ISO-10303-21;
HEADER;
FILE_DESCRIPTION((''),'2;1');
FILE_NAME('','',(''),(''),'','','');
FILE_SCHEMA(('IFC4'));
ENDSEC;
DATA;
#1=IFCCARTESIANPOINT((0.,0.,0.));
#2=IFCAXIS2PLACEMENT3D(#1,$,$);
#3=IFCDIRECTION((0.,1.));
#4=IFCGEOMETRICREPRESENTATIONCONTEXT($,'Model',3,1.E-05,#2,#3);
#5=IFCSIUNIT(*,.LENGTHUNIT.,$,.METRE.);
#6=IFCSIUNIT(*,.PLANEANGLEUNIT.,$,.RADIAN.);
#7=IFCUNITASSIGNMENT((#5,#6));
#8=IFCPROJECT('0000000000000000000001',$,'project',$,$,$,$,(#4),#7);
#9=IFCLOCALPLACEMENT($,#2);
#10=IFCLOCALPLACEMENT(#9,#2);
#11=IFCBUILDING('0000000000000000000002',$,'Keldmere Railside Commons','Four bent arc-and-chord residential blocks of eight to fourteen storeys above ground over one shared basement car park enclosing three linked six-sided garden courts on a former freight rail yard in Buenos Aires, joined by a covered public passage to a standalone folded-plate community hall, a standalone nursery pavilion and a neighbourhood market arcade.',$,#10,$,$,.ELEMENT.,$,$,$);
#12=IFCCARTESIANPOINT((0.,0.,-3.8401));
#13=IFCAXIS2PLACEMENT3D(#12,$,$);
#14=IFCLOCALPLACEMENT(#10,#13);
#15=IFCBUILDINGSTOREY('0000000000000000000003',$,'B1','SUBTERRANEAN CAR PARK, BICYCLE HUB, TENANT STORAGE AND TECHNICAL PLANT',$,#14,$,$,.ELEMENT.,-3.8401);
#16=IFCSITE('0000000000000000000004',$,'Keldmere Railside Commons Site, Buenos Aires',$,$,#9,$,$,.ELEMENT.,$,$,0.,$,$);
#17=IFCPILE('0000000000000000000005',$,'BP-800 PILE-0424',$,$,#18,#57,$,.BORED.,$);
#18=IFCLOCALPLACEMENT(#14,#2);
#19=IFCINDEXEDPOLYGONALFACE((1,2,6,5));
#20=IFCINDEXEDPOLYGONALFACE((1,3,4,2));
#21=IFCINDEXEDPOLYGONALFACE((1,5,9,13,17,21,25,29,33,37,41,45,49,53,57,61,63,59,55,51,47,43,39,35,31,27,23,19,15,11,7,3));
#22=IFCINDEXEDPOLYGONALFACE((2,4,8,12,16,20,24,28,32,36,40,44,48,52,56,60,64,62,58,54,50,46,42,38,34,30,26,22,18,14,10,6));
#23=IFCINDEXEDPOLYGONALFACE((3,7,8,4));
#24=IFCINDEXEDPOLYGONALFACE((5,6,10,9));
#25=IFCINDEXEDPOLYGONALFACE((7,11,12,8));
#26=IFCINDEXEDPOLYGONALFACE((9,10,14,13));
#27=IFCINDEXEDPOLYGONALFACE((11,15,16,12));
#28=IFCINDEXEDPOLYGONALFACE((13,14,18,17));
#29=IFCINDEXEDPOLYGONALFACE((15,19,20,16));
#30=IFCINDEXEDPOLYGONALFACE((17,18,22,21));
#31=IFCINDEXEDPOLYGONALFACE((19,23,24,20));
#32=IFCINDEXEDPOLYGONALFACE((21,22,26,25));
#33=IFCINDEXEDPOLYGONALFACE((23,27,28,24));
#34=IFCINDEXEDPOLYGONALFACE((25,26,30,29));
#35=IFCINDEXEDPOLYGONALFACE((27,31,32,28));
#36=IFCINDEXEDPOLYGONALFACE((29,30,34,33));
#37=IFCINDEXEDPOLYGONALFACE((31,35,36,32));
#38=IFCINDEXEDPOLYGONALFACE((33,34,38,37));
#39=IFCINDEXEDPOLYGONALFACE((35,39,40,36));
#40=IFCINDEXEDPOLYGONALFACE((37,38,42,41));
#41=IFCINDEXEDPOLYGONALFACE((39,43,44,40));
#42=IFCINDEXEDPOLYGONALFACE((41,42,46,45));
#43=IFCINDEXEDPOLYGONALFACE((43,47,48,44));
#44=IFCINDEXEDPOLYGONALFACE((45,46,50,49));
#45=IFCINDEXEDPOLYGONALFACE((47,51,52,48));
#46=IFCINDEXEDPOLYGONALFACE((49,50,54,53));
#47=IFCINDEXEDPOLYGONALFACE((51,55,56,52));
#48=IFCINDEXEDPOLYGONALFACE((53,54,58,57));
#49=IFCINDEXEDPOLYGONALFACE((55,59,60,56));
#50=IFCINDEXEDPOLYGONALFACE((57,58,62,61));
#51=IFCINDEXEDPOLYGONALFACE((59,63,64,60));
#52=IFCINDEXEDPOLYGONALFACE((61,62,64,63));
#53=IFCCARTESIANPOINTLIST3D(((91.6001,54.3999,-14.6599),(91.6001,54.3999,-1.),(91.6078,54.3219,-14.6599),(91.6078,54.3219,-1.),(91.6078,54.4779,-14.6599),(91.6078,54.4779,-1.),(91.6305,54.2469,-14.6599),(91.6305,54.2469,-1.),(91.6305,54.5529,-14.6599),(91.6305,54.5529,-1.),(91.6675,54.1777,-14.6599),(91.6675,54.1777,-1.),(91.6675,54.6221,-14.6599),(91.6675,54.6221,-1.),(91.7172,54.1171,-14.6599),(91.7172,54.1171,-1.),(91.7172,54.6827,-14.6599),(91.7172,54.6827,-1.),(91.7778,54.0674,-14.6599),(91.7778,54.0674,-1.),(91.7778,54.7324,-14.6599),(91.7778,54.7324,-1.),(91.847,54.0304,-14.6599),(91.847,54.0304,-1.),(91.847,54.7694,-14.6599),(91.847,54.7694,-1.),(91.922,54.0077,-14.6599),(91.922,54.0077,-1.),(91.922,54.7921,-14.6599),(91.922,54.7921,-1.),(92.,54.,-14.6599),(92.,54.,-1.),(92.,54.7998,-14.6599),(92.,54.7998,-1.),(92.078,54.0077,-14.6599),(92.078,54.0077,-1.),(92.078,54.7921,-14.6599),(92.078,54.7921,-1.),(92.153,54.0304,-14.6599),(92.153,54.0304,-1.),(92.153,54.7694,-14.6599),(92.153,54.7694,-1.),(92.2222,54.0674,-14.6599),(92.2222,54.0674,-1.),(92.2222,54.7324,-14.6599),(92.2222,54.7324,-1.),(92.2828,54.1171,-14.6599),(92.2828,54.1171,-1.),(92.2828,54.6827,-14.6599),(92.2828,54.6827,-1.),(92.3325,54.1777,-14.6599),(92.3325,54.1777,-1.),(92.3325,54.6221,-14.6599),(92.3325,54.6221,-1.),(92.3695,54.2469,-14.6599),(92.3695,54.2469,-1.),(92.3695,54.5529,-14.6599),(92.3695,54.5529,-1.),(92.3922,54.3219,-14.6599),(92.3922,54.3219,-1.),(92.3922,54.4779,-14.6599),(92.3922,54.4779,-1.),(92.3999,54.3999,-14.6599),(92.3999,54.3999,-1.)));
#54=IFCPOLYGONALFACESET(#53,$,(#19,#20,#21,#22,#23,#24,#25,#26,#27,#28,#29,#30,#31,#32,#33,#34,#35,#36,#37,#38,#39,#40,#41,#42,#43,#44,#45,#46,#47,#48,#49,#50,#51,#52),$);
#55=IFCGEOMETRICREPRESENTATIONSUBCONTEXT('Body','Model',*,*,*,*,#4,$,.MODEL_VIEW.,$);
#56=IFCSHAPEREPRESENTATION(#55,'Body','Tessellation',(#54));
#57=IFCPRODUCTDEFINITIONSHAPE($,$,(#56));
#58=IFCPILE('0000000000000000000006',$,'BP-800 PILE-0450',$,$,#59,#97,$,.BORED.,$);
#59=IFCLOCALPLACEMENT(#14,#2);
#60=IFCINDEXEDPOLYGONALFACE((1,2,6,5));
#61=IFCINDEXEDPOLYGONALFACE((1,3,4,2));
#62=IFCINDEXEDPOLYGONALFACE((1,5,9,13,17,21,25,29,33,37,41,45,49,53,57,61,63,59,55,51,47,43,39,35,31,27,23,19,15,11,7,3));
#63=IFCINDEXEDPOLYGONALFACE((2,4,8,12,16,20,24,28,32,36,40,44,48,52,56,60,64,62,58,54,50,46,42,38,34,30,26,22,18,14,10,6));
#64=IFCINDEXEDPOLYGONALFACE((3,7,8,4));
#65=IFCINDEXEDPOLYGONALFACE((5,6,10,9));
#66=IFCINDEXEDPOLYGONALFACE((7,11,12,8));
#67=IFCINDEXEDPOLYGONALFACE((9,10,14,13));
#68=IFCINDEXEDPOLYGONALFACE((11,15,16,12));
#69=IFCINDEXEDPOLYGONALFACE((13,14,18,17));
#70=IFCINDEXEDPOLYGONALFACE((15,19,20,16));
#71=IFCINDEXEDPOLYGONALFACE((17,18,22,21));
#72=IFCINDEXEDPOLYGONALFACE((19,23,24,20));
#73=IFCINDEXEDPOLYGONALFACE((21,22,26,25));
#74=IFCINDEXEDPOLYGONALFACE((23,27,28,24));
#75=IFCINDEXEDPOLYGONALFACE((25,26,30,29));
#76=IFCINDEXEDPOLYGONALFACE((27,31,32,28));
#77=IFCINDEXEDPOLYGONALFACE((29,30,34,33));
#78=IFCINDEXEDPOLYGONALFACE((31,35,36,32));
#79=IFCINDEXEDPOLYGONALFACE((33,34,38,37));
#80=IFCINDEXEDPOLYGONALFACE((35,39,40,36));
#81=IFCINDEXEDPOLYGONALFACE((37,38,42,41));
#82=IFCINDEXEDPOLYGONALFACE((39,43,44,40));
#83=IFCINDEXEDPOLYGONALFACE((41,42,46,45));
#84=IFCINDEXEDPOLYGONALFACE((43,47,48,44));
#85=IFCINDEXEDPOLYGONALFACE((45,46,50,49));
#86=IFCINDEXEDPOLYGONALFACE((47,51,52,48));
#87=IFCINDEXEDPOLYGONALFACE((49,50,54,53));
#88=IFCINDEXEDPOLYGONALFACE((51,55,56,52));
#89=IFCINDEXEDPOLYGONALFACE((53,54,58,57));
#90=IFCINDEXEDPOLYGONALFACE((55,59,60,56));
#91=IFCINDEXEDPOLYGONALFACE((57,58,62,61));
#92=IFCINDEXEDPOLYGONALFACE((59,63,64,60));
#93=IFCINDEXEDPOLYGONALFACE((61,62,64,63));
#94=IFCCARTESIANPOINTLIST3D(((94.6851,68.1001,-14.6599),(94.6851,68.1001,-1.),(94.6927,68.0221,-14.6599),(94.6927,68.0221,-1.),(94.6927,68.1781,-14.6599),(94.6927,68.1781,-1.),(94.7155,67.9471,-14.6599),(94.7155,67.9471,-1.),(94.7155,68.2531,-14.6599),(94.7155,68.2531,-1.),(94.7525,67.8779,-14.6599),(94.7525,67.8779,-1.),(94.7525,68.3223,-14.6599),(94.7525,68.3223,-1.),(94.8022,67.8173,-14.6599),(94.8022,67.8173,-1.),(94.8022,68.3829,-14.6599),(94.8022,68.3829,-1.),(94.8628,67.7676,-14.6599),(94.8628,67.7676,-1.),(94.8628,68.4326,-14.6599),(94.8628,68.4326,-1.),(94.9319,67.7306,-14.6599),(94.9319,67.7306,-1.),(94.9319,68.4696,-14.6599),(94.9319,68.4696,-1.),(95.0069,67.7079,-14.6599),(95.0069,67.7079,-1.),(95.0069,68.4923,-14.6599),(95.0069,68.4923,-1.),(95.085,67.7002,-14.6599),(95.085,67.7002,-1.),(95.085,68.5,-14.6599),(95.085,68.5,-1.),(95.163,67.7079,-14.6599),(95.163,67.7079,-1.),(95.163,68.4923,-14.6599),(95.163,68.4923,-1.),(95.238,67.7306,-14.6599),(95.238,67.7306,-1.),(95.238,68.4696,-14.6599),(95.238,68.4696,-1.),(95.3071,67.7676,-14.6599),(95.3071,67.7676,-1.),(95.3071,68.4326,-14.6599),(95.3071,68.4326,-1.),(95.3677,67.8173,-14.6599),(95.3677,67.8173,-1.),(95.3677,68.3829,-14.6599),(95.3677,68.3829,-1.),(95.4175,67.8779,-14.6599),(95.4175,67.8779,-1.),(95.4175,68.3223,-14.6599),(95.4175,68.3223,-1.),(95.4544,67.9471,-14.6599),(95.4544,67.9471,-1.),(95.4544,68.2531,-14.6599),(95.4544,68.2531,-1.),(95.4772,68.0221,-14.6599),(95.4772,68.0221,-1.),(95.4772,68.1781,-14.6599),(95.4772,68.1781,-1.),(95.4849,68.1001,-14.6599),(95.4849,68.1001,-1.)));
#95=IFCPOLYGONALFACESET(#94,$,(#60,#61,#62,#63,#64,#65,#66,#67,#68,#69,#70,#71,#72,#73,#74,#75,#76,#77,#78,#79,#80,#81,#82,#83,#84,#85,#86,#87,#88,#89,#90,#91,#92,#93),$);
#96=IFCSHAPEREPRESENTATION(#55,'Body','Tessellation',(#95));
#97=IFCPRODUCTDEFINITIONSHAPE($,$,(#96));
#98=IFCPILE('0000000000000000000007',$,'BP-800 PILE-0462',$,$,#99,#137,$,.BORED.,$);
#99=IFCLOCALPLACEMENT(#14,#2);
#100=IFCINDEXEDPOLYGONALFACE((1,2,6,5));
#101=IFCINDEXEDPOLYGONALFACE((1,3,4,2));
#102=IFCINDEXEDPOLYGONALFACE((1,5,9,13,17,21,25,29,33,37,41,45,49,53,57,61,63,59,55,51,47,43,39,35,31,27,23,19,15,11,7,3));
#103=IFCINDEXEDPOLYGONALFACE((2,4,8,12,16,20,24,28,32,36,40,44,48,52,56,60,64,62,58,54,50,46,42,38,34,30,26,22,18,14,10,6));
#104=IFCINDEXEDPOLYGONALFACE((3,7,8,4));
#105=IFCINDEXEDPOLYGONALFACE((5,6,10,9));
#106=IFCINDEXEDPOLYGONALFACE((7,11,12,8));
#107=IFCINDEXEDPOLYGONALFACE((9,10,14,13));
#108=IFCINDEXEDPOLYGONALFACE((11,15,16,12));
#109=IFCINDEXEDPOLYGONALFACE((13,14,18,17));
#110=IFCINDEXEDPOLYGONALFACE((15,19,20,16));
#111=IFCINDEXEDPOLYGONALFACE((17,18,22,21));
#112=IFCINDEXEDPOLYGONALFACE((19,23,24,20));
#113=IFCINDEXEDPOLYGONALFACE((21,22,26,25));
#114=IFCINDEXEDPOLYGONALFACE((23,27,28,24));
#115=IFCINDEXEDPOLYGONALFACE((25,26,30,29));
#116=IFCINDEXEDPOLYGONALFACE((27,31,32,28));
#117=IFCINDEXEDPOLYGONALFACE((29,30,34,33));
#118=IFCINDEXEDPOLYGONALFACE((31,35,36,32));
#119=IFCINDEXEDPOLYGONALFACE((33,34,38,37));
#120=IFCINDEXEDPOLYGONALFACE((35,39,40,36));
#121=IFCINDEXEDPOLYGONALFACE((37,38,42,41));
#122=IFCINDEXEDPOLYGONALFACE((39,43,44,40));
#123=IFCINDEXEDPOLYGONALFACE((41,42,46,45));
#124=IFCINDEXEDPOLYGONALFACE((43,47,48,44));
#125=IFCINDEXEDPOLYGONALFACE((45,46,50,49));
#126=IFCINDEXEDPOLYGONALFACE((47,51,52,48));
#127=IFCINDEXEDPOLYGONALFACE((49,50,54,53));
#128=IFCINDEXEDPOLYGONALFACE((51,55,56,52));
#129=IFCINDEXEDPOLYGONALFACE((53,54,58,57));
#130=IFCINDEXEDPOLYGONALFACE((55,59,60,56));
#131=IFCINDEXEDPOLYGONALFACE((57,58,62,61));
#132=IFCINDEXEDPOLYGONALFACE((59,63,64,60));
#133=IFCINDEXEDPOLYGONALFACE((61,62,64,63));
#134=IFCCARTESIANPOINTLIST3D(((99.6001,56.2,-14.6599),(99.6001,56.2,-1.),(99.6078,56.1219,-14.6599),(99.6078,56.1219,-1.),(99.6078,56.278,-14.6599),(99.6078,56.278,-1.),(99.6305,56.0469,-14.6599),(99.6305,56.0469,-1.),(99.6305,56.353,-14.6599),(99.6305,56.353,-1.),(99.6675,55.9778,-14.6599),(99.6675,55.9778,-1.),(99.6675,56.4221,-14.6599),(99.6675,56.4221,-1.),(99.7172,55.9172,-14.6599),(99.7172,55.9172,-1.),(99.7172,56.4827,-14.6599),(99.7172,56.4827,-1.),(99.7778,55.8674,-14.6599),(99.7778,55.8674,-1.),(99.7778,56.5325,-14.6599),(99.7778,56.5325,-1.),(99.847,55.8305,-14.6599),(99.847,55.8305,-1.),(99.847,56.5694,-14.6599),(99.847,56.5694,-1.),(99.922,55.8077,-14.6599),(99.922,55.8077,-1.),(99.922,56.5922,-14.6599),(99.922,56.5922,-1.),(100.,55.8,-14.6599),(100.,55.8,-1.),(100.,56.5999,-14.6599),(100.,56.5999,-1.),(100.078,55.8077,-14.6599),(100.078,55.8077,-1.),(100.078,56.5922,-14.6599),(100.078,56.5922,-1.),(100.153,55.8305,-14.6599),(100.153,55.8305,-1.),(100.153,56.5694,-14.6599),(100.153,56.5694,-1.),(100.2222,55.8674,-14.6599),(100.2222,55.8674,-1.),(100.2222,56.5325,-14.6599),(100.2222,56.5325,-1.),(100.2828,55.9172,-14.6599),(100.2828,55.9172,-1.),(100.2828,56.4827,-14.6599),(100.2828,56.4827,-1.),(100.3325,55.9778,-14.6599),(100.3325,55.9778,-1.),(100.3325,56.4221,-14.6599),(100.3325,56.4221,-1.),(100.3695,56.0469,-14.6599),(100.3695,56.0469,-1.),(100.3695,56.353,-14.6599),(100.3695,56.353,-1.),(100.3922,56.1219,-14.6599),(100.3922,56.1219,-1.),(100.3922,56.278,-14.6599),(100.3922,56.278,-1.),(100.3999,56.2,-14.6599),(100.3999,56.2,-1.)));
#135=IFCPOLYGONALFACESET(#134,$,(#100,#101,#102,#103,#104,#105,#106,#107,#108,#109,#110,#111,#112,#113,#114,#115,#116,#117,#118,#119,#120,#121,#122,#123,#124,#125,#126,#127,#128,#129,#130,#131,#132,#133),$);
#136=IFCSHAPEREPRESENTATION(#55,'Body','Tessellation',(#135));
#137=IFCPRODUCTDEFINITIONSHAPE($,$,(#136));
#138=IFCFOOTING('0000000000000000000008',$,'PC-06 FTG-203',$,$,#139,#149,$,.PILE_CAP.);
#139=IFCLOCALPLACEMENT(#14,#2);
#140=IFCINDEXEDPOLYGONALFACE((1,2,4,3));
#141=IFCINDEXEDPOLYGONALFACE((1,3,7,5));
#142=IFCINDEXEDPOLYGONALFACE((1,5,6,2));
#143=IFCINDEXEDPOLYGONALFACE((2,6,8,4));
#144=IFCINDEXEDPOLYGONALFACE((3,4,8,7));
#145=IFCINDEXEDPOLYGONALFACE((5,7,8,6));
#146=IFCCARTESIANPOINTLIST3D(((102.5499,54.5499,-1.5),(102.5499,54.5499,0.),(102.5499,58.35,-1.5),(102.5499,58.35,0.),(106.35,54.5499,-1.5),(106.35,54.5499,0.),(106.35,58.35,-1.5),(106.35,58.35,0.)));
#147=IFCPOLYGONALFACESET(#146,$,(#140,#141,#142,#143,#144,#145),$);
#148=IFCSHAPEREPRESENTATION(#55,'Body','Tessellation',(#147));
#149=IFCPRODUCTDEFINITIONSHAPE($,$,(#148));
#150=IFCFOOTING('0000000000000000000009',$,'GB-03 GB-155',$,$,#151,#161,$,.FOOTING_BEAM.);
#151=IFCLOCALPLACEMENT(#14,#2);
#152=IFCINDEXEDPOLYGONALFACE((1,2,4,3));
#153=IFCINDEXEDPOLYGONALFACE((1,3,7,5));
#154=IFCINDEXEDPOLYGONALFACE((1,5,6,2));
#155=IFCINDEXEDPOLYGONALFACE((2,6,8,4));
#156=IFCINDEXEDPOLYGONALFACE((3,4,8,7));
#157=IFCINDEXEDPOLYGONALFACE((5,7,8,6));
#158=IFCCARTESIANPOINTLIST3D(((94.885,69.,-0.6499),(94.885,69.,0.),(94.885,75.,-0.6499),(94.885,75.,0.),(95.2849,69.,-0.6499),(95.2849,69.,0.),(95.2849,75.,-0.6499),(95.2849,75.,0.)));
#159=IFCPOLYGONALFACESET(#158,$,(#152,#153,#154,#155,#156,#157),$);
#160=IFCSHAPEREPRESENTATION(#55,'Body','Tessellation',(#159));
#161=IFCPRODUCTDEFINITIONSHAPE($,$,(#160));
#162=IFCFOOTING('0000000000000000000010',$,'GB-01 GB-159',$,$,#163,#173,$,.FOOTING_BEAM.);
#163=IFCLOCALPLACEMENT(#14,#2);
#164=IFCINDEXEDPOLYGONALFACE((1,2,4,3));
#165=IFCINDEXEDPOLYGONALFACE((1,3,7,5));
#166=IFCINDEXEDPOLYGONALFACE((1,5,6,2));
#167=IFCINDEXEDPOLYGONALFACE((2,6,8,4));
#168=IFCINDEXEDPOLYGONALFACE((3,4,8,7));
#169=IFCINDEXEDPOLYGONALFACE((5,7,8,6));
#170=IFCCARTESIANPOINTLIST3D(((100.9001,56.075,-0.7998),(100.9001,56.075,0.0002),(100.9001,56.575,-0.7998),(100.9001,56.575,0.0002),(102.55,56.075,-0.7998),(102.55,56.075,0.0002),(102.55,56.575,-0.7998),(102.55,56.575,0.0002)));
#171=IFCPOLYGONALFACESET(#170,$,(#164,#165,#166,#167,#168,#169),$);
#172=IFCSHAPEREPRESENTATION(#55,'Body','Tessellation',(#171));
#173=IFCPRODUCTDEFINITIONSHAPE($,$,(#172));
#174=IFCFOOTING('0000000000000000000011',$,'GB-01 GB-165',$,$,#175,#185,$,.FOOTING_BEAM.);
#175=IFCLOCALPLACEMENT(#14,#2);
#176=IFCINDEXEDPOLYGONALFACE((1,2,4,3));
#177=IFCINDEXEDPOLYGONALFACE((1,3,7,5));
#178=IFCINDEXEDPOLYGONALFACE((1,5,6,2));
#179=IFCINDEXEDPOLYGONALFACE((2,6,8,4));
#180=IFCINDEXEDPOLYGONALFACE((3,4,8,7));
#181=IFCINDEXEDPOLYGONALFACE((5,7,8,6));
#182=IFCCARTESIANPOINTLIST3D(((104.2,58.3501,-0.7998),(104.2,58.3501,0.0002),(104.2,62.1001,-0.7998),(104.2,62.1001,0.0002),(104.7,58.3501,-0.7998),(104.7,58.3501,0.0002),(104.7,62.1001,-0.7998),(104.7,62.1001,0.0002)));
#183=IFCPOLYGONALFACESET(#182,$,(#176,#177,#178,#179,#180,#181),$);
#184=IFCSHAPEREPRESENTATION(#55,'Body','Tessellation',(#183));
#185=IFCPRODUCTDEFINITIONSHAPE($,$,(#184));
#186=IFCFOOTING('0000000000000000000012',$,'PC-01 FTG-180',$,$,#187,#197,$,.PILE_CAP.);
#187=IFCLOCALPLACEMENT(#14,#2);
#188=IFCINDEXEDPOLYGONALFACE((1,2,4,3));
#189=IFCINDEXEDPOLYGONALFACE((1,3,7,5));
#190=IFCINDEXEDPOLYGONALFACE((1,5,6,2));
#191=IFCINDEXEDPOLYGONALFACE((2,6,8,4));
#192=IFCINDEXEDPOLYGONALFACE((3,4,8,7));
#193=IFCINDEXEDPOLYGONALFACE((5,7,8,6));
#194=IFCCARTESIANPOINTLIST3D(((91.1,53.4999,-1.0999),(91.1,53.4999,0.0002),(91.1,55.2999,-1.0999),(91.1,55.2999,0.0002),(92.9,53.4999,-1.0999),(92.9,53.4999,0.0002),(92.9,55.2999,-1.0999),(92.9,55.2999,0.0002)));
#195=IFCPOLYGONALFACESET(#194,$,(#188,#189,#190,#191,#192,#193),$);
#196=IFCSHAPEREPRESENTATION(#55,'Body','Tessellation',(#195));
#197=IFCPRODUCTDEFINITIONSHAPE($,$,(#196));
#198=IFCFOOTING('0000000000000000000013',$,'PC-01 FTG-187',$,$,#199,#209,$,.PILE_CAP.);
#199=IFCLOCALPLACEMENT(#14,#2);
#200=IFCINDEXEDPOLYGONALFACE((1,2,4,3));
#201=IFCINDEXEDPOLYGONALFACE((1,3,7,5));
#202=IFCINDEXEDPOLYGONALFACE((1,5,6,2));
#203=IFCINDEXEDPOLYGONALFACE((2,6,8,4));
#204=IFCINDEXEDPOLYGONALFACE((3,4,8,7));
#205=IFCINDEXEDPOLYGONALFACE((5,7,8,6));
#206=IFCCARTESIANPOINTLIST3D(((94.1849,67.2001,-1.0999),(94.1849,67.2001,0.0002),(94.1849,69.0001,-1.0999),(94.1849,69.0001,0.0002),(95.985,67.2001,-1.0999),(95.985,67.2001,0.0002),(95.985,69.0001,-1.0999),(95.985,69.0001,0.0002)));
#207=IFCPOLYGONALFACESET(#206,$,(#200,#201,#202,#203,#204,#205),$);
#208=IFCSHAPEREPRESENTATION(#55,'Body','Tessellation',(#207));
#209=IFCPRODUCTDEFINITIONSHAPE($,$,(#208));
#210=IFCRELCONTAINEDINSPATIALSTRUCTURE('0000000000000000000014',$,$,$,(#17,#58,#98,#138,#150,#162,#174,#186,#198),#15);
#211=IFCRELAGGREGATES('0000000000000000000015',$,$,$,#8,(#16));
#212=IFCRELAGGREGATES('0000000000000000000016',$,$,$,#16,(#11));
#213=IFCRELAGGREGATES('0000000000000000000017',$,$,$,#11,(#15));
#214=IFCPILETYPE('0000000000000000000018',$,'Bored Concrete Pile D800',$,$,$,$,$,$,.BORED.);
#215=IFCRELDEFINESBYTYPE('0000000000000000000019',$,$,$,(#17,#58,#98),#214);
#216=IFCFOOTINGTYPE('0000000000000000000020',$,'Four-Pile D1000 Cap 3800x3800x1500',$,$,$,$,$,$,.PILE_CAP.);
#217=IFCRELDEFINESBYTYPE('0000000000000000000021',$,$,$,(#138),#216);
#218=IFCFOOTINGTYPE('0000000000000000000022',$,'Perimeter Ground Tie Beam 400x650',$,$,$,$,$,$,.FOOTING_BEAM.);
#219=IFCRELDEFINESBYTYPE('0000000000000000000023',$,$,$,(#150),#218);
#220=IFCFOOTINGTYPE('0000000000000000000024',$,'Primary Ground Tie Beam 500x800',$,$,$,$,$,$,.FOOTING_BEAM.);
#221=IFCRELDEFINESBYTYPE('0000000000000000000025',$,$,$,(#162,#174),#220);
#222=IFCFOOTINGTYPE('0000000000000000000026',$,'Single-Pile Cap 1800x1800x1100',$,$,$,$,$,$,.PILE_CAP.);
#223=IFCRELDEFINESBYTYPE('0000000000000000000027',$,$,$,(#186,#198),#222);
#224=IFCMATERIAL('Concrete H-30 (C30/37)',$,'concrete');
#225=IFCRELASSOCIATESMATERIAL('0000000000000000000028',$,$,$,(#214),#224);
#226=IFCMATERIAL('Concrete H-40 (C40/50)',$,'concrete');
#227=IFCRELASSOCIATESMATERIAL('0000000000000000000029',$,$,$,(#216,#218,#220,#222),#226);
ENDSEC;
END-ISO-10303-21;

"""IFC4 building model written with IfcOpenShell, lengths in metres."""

from ifc_helpers import new_model, si_unit, direction, frame, origin, origin_2d, place, context, subcontext, project, spatial, rectangle, circle, extrude, material, material_profile, profile_set, type_object, element, save


model = new_model("IFC4")

# Units and contexts
model_context = context("Model", 3, precision=1e-05, world=origin(), true_north=direction((0.0, 1.0)))
body_context = subcontext(model_context, "Body", "Model", "MODEL_VIEW")
ifc_project = project(units=[si_unit("LENGTHUNIT", "METRE"), si_unit("PLANEANGLEUNIT", "RADIAN")], contexts=[model_context])

# Site, building, storey
site_placement = place(None, origin())
site = spatial("IfcSite", under=ifc_project, at=site_placement, Name="Keldmere Railside Commons Site, Buenos Aires", CompositionType="ELEMENT", RefElevation=0.0)
building_placement = place(site_placement, origin())
building = spatial("IfcBuilding", under=site, at=building_placement, Name="Keldmere Railside Commons", Description="Four bent arc-and-chord residential blocks of eight to fourteen storeys above ground over one shared basement car park enclosing three linked six-sided garden courts on a former freight rail yard in Buenos Aires, joined by a covered public passage to a standalone folded-plate community hall, a standalone nursery pavilion and a neighbourhood market arcade.", CompositionType="ELEMENT")
storey_placement = place(building_placement, frame((0.0, 0.0, -3.8401)))
storey = spatial("IfcBuildingStorey", under=building, at=storey_placement, Name="B1", Description="SUBTERRANEAN CAR PARK, BICYCLE HUB, TENANT STORAGE AND TECHNICAL PLANT", CompositionType="ELEMENT", Elevation=-3.8401)

# Piles
ifc_material_1 = material(Name="Concrete H-30 (C30/37)", Category="concrete")
ifc_material_profile_1 = material_profile(ifc_material_1, circle(Radius=0.3999, at=origin_2d()), Name="PILE-D800")
ifc_profile_set_1 = profile_set([ifc_material_profile_1], Name="Concrete H-30 (C30/37)")
pile_type_1 = type_object("IfcPileType", Name="Bored Concrete Pile D800", PredefinedType="BORED", material=ifc_profile_set_1)
for number, where, z_axis, x_axis, name in (
    (1, (92.0, 54.3999, -1.0), (0.0, 0.0, -1.0), (1.0, 0.0, 0.0), "BP-800 PILE-0424"),
    (2, (95.085, 68.1001, -1.0), (0.0, 0.0, -1.0), (1.0, 0.0, 0.0), "BP-800 PILE-0450"),
    (3, (100.0, 56.2, -1.0), (0.0, 0.0, -1.0), (1.0, 0.0, 0.0), "BP-800 PILE-0462"),
):
    element("IfcPile", number, at=place(storey_placement, frame(where, z_axis=z_axis, x_axis=x_axis)), inside=storey, type_object=pile_type_1, Name=name, PredefinedType="BORED", context=body_context, shape_type="SweptSolid", body=[
        extrude(circle(Radius=0.3999, at=origin_2d()), origin(), (0.0, 0.0, 1.0), 13.6599),
    ])

# Footings
ifc_material_2 = material(Name="Concrete H-40 (C40/50)", Category="concrete")
footing_type_1 = type_object("IfcFootingType", Name="Four-Pile D1000 Cap 3800x3800x1500", PredefinedType="PILE_CAP", material=ifc_material_2)
footing_1_placement = place(storey_placement, frame((104.45, 56.45, -1.5), z_axis=(0.0, 0.0, 1.0), x_axis=(1.0, 0.0, 0.0)))
element("IfcFooting", 4, at=footing_1_placement, inside=storey, type_object=footing_type_1, Name="PC-06 FTG-203", PredefinedType="PILE_CAP", context=body_context, shape_type="SweptSolid", body=[
    extrude(rectangle(XDim=3.8, YDim=3.8, at=origin_2d()), origin(), (0.0, 0.0, 1.0), 1.5),
])
footing_type_2 = type_object("IfcFootingType", Name="Perimeter Ground Tie Beam 400x650", PredefinedType="FOOTING_BEAM", material=ifc_material_2)
footing_2_placement = place(storey_placement, frame((95.085, 72.0, -0.6499), z_axis=(0.0, 0.0, 1.0), x_axis=(0.0, 1.0, 0.0)))
element("IfcFooting", 5, at=footing_2_placement, inside=storey, type_object=footing_type_2, Name="GB-03 GB-155", PredefinedType="FOOTING_BEAM", context=body_context, shape_type="SweptSolid", body=[
    extrude(rectangle(XDim=6.0, YDim=0.3999, at=origin_2d()), origin(), (0.0, 0.0, 1.0), 0.6499),
])
footing_type_3 = type_object("IfcFootingType", Name="Primary Ground Tie Beam 500x800", PredefinedType="FOOTING_BEAM", material=ifc_material_2)
footing_3_placement = place(storey_placement, frame((101.7251, 56.325, -0.7998), z_axis=(0.0, 0.0, 1.0), x_axis=(1.0, 0.0, 0.0)))
element("IfcFooting", 6, at=footing_3_placement, inside=storey, type_object=footing_type_3, Name="GB-01 GB-159", PredefinedType="FOOTING_BEAM", context=body_context, shape_type="SweptSolid", body=[
    extrude(rectangle(XDim=1.6499, YDim=0.5, at=origin_2d()), origin(), (0.0, 0.0, 1.0), 0.8),
])
footing_4_placement = place(storey_placement, frame((104.45, 60.2251, -0.7998), z_axis=(0.0, 0.0, 1.0), x_axis=(0.0, 1.0, 0.0)))
element("IfcFooting", 7, at=footing_4_placement, inside=storey, type_object=footing_type_3, Name="GB-01 GB-165", PredefinedType="FOOTING_BEAM", context=body_context, shape_type="SweptSolid", body=[
    extrude(rectangle(XDim=3.75, YDim=0.5, at=origin_2d()), origin(), (0.0, 0.0, 1.0), 0.8),
])
footing_type_4 = type_object("IfcFootingType", Name="Single-Pile Cap 1800x1800x1100", PredefinedType="PILE_CAP", material=ifc_material_2)
for number, where, z_axis, x_axis, name in (
    (8, (92.0, 54.3999, -1.0999), (0.0, 0.0, 1.0), (1.0, 0.0, 0.0), "PC-01 FTG-180"),
    (9, (95.085, 68.1001, -1.0999), (0.0, 0.0, 1.0), (1.0, 0.0, 0.0), "PC-01 FTG-187"),
):
    element("IfcFooting", number, at=place(storey_placement, frame(where, z_axis=z_axis, x_axis=x_axis)), inside=storey, type_object=footing_type_4, Name=name, PredefinedType="PILE_CAP", context=body_context, shape_type="SweptSolid", body=[
        extrude(rectangle(XDim=1.8, YDim=1.8, at=origin_2d()), origin(), (0.0, 0.0, 1.0), 1.1001),
    ])

save(model, "model.ifc")
